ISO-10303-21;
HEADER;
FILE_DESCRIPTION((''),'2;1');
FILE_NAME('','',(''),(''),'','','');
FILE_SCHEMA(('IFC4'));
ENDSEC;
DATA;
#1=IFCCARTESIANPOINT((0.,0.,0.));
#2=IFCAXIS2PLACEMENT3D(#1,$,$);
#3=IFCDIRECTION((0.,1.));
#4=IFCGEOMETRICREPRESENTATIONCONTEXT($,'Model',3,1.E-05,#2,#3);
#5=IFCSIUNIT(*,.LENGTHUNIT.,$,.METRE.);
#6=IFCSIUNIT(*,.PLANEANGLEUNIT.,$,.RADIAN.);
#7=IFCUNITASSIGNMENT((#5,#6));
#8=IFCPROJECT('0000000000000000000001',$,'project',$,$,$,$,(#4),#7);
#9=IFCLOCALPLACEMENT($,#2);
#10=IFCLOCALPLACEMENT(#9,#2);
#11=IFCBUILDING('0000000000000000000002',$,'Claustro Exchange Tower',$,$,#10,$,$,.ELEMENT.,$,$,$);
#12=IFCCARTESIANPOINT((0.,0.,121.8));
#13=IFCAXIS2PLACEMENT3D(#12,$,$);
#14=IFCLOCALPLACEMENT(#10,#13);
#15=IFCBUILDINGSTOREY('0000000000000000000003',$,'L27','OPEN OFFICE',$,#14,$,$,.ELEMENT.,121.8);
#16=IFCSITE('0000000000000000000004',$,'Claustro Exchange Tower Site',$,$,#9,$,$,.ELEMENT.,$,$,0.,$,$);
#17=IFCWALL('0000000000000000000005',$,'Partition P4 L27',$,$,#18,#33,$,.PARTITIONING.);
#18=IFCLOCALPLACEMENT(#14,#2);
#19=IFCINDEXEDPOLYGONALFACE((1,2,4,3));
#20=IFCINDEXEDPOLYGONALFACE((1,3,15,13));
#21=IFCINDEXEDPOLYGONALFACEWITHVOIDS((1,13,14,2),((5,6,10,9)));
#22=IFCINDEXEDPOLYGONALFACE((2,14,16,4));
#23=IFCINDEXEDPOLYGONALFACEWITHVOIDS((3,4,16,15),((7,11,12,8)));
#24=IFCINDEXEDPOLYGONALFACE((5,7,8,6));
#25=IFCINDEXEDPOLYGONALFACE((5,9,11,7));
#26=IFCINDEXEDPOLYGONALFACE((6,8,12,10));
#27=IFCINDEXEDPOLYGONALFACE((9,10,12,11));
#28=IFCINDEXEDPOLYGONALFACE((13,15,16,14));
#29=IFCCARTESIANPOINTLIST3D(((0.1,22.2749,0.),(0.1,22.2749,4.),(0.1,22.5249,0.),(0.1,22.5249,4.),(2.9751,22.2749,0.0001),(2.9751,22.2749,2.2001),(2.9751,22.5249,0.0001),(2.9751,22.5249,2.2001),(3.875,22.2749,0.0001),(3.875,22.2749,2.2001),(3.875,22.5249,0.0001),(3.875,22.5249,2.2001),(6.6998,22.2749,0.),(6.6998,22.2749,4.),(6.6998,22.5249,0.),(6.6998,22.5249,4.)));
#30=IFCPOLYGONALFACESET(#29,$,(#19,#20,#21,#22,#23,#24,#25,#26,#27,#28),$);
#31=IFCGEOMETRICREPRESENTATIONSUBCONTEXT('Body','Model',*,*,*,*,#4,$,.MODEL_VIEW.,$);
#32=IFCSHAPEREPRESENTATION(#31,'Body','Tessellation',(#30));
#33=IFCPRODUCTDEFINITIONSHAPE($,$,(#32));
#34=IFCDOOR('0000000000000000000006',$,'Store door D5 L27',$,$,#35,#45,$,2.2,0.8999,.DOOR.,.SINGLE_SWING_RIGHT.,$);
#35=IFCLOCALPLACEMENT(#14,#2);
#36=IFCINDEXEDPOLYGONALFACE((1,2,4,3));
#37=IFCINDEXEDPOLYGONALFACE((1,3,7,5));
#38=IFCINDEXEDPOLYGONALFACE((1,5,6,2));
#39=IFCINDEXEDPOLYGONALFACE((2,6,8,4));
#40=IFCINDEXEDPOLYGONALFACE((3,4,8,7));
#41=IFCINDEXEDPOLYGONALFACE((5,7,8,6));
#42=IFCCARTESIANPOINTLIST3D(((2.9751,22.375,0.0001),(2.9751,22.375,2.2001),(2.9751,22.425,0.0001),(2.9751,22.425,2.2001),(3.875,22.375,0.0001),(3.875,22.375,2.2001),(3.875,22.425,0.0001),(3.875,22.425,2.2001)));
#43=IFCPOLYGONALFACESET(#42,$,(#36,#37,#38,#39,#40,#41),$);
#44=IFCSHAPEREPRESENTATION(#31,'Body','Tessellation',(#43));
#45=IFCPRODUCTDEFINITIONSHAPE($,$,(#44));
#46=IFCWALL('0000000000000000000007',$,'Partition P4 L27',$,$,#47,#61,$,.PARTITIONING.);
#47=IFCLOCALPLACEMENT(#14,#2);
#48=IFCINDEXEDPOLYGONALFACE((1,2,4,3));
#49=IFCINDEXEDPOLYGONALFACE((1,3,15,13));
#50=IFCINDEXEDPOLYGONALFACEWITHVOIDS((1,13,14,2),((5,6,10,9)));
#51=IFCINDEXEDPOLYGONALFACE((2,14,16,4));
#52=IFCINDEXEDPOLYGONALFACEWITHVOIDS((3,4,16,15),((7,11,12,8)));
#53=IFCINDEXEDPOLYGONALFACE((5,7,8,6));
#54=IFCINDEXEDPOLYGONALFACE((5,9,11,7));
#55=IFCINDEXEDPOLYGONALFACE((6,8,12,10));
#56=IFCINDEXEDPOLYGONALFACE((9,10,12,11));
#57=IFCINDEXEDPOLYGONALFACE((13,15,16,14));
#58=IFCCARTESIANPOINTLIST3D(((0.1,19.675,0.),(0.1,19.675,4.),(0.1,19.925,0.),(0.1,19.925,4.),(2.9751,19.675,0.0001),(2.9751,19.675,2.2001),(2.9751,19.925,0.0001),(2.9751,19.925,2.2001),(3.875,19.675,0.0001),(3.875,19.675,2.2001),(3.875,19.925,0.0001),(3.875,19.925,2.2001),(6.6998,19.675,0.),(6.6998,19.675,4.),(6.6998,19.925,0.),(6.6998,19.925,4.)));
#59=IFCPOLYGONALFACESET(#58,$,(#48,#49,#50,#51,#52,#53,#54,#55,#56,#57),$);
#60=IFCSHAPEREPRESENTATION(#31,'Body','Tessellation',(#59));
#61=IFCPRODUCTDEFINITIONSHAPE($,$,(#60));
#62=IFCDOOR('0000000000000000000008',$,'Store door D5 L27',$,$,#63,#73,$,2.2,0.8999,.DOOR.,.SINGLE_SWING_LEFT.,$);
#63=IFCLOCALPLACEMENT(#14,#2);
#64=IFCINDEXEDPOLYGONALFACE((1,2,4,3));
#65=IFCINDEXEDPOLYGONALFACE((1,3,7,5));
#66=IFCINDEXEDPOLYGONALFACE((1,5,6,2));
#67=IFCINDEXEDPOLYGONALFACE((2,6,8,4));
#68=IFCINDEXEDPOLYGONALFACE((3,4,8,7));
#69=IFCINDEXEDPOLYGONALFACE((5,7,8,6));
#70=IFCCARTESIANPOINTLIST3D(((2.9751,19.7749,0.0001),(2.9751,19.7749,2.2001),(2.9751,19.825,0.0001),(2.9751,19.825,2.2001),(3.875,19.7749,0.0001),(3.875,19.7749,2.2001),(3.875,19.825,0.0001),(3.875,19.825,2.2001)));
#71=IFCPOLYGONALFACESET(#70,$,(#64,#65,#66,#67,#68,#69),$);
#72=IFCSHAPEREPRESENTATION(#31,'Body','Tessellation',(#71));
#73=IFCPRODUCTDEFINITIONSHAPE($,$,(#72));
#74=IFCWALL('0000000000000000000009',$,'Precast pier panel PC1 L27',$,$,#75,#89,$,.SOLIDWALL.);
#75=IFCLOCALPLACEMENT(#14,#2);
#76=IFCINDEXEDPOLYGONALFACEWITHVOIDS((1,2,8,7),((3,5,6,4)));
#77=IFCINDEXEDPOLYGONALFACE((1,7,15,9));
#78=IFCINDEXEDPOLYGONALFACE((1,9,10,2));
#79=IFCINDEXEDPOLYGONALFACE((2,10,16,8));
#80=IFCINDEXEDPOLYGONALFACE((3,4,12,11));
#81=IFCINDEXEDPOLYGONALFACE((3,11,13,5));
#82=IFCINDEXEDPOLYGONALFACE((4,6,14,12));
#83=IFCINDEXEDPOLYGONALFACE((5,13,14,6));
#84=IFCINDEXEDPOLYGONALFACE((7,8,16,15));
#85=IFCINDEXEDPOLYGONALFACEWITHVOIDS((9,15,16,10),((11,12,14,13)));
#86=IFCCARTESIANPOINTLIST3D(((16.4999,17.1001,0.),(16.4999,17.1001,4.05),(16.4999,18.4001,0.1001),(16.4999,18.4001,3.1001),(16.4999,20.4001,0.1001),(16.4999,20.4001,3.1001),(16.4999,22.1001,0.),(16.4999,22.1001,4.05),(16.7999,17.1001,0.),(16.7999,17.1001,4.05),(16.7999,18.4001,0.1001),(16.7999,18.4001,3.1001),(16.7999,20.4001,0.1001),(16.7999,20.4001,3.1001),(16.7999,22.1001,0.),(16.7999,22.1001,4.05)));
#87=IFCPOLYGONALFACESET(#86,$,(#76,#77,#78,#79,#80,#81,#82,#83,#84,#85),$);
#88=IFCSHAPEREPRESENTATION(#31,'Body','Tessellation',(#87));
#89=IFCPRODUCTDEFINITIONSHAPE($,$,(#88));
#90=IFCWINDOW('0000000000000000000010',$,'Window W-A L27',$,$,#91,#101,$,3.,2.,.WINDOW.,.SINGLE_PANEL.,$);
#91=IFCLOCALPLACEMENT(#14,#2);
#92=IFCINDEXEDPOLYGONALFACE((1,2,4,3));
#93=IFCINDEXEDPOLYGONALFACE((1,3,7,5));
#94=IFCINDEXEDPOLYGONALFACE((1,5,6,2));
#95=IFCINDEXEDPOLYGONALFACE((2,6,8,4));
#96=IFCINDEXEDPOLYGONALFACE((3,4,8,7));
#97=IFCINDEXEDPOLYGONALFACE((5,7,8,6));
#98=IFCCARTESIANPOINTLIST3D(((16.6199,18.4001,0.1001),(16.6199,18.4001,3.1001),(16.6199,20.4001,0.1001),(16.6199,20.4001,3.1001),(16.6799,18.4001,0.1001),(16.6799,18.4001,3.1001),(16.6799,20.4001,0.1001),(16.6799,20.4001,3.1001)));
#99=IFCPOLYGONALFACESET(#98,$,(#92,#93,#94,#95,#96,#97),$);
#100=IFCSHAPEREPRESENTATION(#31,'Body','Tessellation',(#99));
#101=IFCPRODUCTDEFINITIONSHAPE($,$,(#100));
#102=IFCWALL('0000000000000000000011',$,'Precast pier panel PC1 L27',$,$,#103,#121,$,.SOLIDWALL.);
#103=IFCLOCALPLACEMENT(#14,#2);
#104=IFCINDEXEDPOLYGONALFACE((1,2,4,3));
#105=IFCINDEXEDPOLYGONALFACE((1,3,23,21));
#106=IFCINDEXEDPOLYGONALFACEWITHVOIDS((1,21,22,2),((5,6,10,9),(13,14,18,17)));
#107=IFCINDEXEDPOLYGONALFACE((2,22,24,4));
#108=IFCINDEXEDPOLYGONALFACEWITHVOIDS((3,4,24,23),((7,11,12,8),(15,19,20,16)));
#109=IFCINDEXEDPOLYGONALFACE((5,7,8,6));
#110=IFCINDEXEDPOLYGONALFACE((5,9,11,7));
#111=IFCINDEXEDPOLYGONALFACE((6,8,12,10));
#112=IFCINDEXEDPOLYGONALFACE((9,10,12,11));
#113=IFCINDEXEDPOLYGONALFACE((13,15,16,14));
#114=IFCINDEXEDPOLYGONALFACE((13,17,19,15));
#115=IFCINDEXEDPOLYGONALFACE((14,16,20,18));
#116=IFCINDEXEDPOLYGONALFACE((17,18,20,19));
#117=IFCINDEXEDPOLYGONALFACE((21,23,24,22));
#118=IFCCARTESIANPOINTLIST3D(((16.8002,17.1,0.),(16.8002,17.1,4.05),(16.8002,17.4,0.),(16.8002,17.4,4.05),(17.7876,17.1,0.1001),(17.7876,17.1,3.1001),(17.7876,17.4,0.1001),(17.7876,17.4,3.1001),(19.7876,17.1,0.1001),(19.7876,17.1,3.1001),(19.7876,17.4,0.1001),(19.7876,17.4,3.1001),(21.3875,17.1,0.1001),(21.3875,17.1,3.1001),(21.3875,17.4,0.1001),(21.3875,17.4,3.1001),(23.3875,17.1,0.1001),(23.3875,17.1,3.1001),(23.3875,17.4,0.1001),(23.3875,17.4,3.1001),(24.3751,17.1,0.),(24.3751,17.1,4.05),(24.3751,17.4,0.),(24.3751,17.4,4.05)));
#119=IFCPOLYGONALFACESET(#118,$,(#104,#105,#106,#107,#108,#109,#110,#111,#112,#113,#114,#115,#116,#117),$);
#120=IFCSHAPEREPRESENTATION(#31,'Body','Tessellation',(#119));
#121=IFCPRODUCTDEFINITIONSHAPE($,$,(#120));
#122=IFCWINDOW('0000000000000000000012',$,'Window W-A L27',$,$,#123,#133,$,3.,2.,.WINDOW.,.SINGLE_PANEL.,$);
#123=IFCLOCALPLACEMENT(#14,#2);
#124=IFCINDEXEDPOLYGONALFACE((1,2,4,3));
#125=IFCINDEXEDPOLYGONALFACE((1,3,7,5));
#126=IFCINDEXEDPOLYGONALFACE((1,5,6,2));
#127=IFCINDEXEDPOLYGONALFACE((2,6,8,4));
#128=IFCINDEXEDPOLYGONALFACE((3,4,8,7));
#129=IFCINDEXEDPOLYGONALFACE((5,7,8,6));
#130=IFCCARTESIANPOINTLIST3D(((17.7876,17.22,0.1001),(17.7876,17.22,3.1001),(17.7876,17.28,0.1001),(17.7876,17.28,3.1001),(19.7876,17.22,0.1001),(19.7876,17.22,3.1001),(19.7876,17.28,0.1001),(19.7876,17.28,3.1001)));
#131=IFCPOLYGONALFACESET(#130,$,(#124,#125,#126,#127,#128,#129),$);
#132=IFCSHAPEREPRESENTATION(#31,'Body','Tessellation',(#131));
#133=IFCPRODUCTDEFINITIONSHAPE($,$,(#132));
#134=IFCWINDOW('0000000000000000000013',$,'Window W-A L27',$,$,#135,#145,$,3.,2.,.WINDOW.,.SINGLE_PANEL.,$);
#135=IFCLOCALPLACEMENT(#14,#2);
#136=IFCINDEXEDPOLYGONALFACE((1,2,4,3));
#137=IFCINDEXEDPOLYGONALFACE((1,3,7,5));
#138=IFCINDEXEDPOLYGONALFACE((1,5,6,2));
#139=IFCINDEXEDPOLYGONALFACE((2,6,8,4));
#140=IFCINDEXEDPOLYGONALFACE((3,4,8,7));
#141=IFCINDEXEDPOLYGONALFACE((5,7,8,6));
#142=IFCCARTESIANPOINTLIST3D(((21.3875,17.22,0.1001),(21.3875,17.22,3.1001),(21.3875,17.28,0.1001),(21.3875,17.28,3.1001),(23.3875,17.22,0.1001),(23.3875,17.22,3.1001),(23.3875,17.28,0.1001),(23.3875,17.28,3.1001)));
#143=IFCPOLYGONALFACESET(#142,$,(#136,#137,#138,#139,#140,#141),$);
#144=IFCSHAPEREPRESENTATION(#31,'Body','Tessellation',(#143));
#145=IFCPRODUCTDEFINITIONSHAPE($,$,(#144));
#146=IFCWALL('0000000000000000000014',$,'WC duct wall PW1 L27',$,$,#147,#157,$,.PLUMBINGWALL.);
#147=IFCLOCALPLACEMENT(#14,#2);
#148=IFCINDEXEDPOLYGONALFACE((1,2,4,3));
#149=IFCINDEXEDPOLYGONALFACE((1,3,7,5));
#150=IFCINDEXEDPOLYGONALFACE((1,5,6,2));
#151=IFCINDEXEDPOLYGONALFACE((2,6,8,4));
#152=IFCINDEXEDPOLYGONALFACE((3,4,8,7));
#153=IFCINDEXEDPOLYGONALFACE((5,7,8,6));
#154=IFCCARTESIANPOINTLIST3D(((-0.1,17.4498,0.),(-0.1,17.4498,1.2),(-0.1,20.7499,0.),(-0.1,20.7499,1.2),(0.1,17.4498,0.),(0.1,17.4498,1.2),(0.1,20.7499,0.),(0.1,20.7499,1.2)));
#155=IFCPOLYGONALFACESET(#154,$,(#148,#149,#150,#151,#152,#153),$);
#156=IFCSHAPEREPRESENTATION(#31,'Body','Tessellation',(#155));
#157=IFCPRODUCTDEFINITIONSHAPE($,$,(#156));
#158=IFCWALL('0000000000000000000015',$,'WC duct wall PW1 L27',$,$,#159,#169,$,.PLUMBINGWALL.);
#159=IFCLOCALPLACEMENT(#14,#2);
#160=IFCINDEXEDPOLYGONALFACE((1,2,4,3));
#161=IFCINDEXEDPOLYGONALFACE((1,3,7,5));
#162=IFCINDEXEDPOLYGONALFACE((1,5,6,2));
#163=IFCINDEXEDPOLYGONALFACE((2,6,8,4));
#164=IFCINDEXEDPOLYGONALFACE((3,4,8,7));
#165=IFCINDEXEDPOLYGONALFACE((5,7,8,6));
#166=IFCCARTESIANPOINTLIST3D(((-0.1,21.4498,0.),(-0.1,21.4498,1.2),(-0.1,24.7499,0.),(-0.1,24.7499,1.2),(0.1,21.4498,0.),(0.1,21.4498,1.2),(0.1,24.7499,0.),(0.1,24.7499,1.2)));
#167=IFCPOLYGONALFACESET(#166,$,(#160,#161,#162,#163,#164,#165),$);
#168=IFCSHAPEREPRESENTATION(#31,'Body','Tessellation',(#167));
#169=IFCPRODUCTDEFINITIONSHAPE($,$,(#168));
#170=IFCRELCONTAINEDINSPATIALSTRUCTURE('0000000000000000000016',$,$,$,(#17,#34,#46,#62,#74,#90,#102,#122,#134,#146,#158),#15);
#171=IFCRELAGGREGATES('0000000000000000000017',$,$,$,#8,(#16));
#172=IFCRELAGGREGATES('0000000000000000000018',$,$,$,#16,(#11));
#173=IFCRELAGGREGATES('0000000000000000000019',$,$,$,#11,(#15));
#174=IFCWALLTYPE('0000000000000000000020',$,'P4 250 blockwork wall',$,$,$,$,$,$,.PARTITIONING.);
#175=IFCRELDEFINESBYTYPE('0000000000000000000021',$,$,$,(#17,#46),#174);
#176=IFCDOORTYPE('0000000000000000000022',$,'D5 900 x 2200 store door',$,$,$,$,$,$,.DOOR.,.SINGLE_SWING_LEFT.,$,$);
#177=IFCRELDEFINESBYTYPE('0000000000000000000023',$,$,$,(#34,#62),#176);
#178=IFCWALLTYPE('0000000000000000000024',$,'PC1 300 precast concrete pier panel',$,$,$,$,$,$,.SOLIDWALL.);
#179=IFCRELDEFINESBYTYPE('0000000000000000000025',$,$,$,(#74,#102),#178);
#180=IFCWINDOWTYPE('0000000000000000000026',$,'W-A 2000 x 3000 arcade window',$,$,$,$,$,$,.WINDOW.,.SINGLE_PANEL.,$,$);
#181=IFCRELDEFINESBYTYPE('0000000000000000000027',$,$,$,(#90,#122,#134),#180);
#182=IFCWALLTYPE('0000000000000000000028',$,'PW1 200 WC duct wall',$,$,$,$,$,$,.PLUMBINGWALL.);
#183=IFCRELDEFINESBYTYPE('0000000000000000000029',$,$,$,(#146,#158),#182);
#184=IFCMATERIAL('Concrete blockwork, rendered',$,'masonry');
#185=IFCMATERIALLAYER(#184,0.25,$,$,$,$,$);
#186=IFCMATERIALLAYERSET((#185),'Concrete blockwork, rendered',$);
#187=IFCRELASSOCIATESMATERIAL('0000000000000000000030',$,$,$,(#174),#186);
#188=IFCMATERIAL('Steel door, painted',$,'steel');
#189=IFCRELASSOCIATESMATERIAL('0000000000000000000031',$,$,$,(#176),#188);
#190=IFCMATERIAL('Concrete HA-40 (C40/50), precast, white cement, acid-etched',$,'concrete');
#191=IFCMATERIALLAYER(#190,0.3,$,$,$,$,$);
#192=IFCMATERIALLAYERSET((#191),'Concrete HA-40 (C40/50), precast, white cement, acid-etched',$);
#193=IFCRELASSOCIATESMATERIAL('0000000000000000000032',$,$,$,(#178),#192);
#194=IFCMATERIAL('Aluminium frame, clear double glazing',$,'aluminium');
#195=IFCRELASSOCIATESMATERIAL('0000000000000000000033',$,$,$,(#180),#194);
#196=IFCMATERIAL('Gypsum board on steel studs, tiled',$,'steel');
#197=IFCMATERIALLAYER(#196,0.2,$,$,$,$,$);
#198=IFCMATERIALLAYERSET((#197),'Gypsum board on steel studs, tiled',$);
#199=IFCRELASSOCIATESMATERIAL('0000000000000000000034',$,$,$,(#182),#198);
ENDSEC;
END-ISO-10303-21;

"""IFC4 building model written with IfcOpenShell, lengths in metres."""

from ifc_helpers import new_model, si_unit, direction, frame, frame_2d, origin, place, context, subcontext, project, spatial, rectangle, extrude, material, layer, layer_set, type_object, element, fill, save


model = new_model("IFC4")

# Units and contexts
model_context = context("Model", 3, precision=1e-05, world=origin(), true_north=direction((0.0, 1.0)))
body_context = subcontext(model_context, "Body", "Model", "MODEL_VIEW")
ifc_project = project(units=[si_unit("LENGTHUNIT", "METRE"), si_unit("PLANEANGLEUNIT", "RADIAN")], contexts=[model_context])

# Site, building, storey
site_placement = place(None, origin())
site = spatial("IfcSite", under=ifc_project, at=site_placement, Name="Claustro Exchange Tower Site", CompositionType="ELEMENT", RefElevation=0.0)
building_placement = place(site_placement, origin())
building = spatial("IfcBuilding", under=site, at=building_placement, Name="Claustro Exchange Tower", CompositionType="ELEMENT")
storey_placement = place(building_placement, frame((0.0, 0.0, 121.8)))
storey = spatial("IfcBuildingStorey", under=building, at=storey_placement, Name="L27", Description="OPEN OFFICE", CompositionType="ELEMENT", Elevation=121.8)

# Walls, openings, doors
ifc_material_1 = material(Name="Concrete blockwork, rendered", Category="masonry")
ifc_layer_1 = layer(ifc_material_1, 0.25)
ifc_layer_set_1 = layer_set([ifc_layer_1], Name="Concrete blockwork, rendered")
wall_type_1 = type_object("IfcWallType", Name="P4 250 blockwork wall", PredefinedType="PARTITIONING", material=ifc_layer_set_1)
wall_1_placement = place(storey_placement, frame((0.1001, 22.3999, 0.0), z_axis=(0.0, 0.0, 1.0), x_axis=(1.0, 0.0, 0.0)))
wall_1 = element("IfcWall", 1, at=wall_1_placement, inside=storey, type_object=wall_type_1, Name="Partition P4 L27", PredefinedType="PARTITIONING", context=body_context, shape_type="SweptSolid", body=[
    extrude(rectangle(XDim=6.5999, YDim=0.25, at=frame_2d((3.2998, 0.0))), origin(), (0.0, 0.0, 1.0), 4.0),
])
opening_1_placement = place(wall_1_placement, frame((2.875, 0.0, 0.0)))
opening_1 = element("IfcOpeningElement", 2, at=opening_1_placement, cuts=wall_1, PredefinedType="OPENING", context=body_context, shape_type="SweptSolid", body=[
    extrude(rectangle(XDim=0.8999, YDim=2.2, at=frame_2d((0.45, 1.1001))), frame((0.0, 0.135, 0.0), z_axis=(0.0, -1.0, 0.0), x_axis=(1.0, 0.0, 0.0)), (0.0, 0.0, 1.0), 0.27),
])
ifc_material_2 = material(Name="Steel door, painted", Category="steel")
door_type_1 = type_object("IfcDoorType", Name="D5 900 x 2200 store door", OperationType="SINGLE_SWING_LEFT", PredefinedType="DOOR", material=ifc_material_2)
door_1_placement = place(opening_1_placement, frame((0.8999, 0.0, 0.0), z_axis=(0.0, 0.0, 1.0), x_axis=(-1.0, 0.0, 0.0)))
door_1 = element("IfcDoor", 3, at=door_1_placement, inside=storey, type_object=door_type_1, Name="Store door D5 L27", OperationType="SINGLE_SWING_RIGHT", OverallHeight=2.2, OverallWidth=0.8999, PredefinedType="DOOR", context=body_context, shape_type="SweptSolid", body=[
    extrude(rectangle(XDim=0.8999, YDim=2.2, at=frame_2d((0.45, 1.1001))), frame((0.0, 0.0249, 0.0), z_axis=(0.0, -1.0, 0.0), x_axis=(1.0, 0.0, 0.0)), (0.0, 0.0, 1.0), 0.05),
])
fill(opening_1, door_1)
wall_2_placement = place(storey_placement, frame((0.1001, 19.8, 0.0), z_axis=(0.0, 0.0, 1.0), x_axis=(1.0, 0.0, 0.0)))
wall_2 = element("IfcWall", 4, at=wall_2_placement, inside=storey, type_object=wall_type_1, Name="Partition P4 L27", PredefinedType="PARTITIONING", context=body_context, shape_type="SweptSolid", body=[
    extrude(rectangle(XDim=6.5999, YDim=0.25, at=frame_2d((3.2998, 0.0))), origin(), (0.0, 0.0, 1.0), 4.0),
])
opening_2_placement = place(wall_2_placement, frame((2.875, 0.0, 0.0)))
opening_2 = element("IfcOpeningElement", 5, at=opening_2_placement, cuts=wall_2, PredefinedType="OPENING", context=body_context, shape_type="SweptSolid", body=[
    extrude(rectangle(XDim=0.8999, YDim=2.2, at=frame_2d((0.45, 1.1001))), frame((0.0, 0.135, 0.0), z_axis=(0.0, -1.0, 0.0), x_axis=(1.0, 0.0, 0.0)), (0.0, 0.0, 1.0), 0.27),
])
door_2_placement = place(opening_2_placement, origin())
door_2 = element("IfcDoor", 6, at=door_2_placement, inside=storey, type_object=door_type_1, Name="Store door D5 L27", OperationType="SINGLE_SWING_LEFT", OverallHeight=2.2, OverallWidth=0.8999, PredefinedType="DOOR", context=body_context, shape_type="SweptSolid", body=[
    extrude(rectangle(XDim=0.8999, YDim=2.2, at=frame_2d((0.45, 1.1001))), frame((0.0, 0.0249, 0.0), z_axis=(0.0, -1.0, 0.0), x_axis=(1.0, 0.0, 0.0)), (0.0, 0.0, 1.0), 0.05),
])
fill(opening_2, door_2)

# Wall, opening, window
ifc_material_3 = material(Name="Concrete HA-40 (C40/50), precast, white cement, acid-etched", Category="concrete")
ifc_layer_2 = layer(ifc_material_3, 0.3)
ifc_layer_set_2 = layer_set([ifc_layer_2], Name="Concrete HA-40 (C40/50), precast, white cement, acid-etched")
wall_type_2 = type_object("IfcWallType", Name="PC1 300 precast concrete pier panel", PredefinedType="SOLIDWALL", material=ifc_layer_set_2)
wall_3_placement = place(storey_placement, frame((16.6499, 17.1001, 0.0), z_axis=(0.0, 0.0, 1.0), x_axis=(0.0, 1.0, 0.0)))
wall_3 = element("IfcWall", 7, at=wall_3_placement, inside=storey, type_object=wall_type_2, Name="Precast pier panel PC1 L27", PredefinedType="SOLIDWALL", context=body_context, shape_type="SweptSolid", body=[
    extrude(rectangle(XDim=5.0, YDim=0.3, at=frame_2d((2.5, 0.0))), origin(), (0.0, 0.0, 1.0), 4.05),
])
opening_3_placement = place(wall_3_placement, frame((1.3, 0.0, 0.1001)))
opening_3 = element("IfcOpeningElement", 8, at=opening_3_placement, cuts=wall_3, PredefinedType="OPENING", context=body_context, shape_type="SweptSolid", body=[
    extrude(rectangle(XDim=2.0, YDim=3.0, at=frame_2d((1.0, 1.5))), frame((0.0, 0.1599, 0.0), z_axis=(0.0, -1.0, 0.0), x_axis=(1.0, 0.0, 0.0)), (0.0, 0.0, 1.0), 0.3201),
])
ifc_material_4 = material(Name="Aluminium frame, clear double glazing", Category="aluminium")
window_type = type_object("IfcWindowType", Name="W-A 2000 x 3000 arcade window", PartitioningType="SINGLE_PANEL", PredefinedType="WINDOW", material=ifc_material_4)
window_1_placement = place(opening_3_placement, origin())
window_1 = element("IfcWindow", 9, at=window_1_placement, inside=storey, type_object=window_type, Name="Window W-A L27", OverallHeight=3.0, OverallWidth=2.0, PartitioningType="SINGLE_PANEL", PredefinedType="WINDOW", context=body_context, shape_type="SweptSolid", body=[
    extrude(rectangle(XDim=2.0, YDim=3.0, at=frame_2d((1.0, 1.5))), frame((0.0, 0.03, 0.0), z_axis=(0.0, -1.0, 0.0), x_axis=(1.0, 0.0, 0.0)), (0.0, 0.0, 1.0), 0.0601),
])
fill(opening_3, window_1)

# Wall, openings, windows
wall_4_placement = place(storey_placement, frame((16.8, 17.25, 0.0), z_axis=(0.0, 0.0, 1.0), x_axis=(1.0, 0.0, 0.0)))
wall_4 = element("IfcWall", 10, at=wall_4_placement, inside=storey, type_object=wall_type_2, Name="Precast pier panel PC1 L27", PredefinedType="SOLIDWALL", context=body_context, shape_type="SweptSolid", body=[
    extrude(rectangle(XDim=7.575, YDim=0.3, at=frame_2d((3.7876, 0.0))), origin(), (0.0, 0.0, 1.0), 4.05),
])
opening_4_placement = place(wall_4_placement, frame((0.9875, 0.0, 0.1001)))
opening_4 = element("IfcOpeningElement", 11, at=opening_4_placement, cuts=wall_4, PredefinedType="OPENING", context=body_context, shape_type="SweptSolid", body=[
    extrude(rectangle(XDim=2.0, YDim=3.0, at=frame_2d((1.0, 1.5))), frame((0.0, 0.1599, 0.0), z_axis=(0.0, -1.0, 0.0), x_axis=(1.0, 0.0, 0.0)), (0.0, 0.0, 1.0), 0.3201),
])
opening_5_placement = place(wall_4_placement, frame((4.5874, 0.0, 0.1001)))
opening_5 = element("IfcOpeningElement", 12, at=opening_5_placement, cuts=wall_4, PredefinedType="OPENING", context=body_context, shape_type="SweptSolid", body=[
    extrude(rectangle(XDim=2.0, YDim=3.0, at=frame_2d((1.0, 1.5))), frame((0.0, 0.1599, 0.0), z_axis=(0.0, -1.0, 0.0), x_axis=(1.0, 0.0, 0.0)), (0.0, 0.0, 1.0), 0.3201),
])
window_2_placement = place(opening_4_placement, origin())
window_2 = element("IfcWindow", 13, at=window_2_placement, inside=storey, type_object=window_type, Name="Window W-A L27", OverallHeight=3.0, OverallWidth=2.0, PartitioningType="SINGLE_PANEL", PredefinedType="WINDOW", context=body_context, shape_type="SweptSolid", body=[
    extrude(rectangle(XDim=2.0, YDim=3.0, at=frame_2d((1.0, 1.5))), frame((0.0, 0.03, 0.0), z_axis=(0.0, -1.0, 0.0), x_axis=(1.0, 0.0, 0.0)), (0.0, 0.0, 1.0), 0.0601),
])
fill(opening_4, window_2)
window_3_placement = place(opening_5_placement, origin())
window_3 = element("IfcWindow", 14, at=window_3_placement, inside=storey, type_object=window_type, Name="Window W-A L27", OverallHeight=3.0, OverallWidth=2.0, PartitioningType="SINGLE_PANEL", PredefinedType="WINDOW", context=body_context, shape_type="SweptSolid", body=[
    extrude(rectangle(XDim=2.0, YDim=3.0, at=frame_2d((1.0, 1.5))), frame((0.0, 0.03, 0.0), z_axis=(0.0, -1.0, 0.0), x_axis=(1.0, 0.0, 0.0)), (0.0, 0.0, 1.0), 0.0601),
])
fill(opening_5, window_3)

# Walls
ifc_material_5 = material(Name="Gypsum board on steel studs, tiled", Category="steel")
ifc_layer_3 = layer(ifc_material_5, 0.2)
ifc_layer_set_3 = layer_set([ifc_layer_3], Name="Gypsum board on steel studs, tiled")
wall_type_3 = type_object("IfcWallType", Name="PW1 200 WC duct wall", PredefinedType="PLUMBINGWALL", material=ifc_layer_set_3)
for number, where, z_axis, x_axis, name in (
    (15, (0.0, 17.45, 0.0), (0.0, 0.0, 1.0), (0.0, 1.0, 0.0), "WC duct wall PW1 L27"),
    (16, (0.0, 21.45, 0.0), (0.0, 0.0, 1.0), (0.0, 1.0, 0.0), "WC duct wall PW1 L27"),
):
    element("IfcWall", number, at=place(storey_placement, frame(where, z_axis=z_axis, x_axis=x_axis)), inside=storey, type_object=wall_type_3, Name=name, PredefinedType="PLUMBINGWALL", context=body_context, shape_type="SweptSolid", body=[
        extrude(rectangle(XDim=3.3, YDim=0.2, at=frame_2d((1.6499, 0.0))), origin(), (0.0, 0.0, 1.0), 1.2),
    ])

save(model, "model.ifc")
